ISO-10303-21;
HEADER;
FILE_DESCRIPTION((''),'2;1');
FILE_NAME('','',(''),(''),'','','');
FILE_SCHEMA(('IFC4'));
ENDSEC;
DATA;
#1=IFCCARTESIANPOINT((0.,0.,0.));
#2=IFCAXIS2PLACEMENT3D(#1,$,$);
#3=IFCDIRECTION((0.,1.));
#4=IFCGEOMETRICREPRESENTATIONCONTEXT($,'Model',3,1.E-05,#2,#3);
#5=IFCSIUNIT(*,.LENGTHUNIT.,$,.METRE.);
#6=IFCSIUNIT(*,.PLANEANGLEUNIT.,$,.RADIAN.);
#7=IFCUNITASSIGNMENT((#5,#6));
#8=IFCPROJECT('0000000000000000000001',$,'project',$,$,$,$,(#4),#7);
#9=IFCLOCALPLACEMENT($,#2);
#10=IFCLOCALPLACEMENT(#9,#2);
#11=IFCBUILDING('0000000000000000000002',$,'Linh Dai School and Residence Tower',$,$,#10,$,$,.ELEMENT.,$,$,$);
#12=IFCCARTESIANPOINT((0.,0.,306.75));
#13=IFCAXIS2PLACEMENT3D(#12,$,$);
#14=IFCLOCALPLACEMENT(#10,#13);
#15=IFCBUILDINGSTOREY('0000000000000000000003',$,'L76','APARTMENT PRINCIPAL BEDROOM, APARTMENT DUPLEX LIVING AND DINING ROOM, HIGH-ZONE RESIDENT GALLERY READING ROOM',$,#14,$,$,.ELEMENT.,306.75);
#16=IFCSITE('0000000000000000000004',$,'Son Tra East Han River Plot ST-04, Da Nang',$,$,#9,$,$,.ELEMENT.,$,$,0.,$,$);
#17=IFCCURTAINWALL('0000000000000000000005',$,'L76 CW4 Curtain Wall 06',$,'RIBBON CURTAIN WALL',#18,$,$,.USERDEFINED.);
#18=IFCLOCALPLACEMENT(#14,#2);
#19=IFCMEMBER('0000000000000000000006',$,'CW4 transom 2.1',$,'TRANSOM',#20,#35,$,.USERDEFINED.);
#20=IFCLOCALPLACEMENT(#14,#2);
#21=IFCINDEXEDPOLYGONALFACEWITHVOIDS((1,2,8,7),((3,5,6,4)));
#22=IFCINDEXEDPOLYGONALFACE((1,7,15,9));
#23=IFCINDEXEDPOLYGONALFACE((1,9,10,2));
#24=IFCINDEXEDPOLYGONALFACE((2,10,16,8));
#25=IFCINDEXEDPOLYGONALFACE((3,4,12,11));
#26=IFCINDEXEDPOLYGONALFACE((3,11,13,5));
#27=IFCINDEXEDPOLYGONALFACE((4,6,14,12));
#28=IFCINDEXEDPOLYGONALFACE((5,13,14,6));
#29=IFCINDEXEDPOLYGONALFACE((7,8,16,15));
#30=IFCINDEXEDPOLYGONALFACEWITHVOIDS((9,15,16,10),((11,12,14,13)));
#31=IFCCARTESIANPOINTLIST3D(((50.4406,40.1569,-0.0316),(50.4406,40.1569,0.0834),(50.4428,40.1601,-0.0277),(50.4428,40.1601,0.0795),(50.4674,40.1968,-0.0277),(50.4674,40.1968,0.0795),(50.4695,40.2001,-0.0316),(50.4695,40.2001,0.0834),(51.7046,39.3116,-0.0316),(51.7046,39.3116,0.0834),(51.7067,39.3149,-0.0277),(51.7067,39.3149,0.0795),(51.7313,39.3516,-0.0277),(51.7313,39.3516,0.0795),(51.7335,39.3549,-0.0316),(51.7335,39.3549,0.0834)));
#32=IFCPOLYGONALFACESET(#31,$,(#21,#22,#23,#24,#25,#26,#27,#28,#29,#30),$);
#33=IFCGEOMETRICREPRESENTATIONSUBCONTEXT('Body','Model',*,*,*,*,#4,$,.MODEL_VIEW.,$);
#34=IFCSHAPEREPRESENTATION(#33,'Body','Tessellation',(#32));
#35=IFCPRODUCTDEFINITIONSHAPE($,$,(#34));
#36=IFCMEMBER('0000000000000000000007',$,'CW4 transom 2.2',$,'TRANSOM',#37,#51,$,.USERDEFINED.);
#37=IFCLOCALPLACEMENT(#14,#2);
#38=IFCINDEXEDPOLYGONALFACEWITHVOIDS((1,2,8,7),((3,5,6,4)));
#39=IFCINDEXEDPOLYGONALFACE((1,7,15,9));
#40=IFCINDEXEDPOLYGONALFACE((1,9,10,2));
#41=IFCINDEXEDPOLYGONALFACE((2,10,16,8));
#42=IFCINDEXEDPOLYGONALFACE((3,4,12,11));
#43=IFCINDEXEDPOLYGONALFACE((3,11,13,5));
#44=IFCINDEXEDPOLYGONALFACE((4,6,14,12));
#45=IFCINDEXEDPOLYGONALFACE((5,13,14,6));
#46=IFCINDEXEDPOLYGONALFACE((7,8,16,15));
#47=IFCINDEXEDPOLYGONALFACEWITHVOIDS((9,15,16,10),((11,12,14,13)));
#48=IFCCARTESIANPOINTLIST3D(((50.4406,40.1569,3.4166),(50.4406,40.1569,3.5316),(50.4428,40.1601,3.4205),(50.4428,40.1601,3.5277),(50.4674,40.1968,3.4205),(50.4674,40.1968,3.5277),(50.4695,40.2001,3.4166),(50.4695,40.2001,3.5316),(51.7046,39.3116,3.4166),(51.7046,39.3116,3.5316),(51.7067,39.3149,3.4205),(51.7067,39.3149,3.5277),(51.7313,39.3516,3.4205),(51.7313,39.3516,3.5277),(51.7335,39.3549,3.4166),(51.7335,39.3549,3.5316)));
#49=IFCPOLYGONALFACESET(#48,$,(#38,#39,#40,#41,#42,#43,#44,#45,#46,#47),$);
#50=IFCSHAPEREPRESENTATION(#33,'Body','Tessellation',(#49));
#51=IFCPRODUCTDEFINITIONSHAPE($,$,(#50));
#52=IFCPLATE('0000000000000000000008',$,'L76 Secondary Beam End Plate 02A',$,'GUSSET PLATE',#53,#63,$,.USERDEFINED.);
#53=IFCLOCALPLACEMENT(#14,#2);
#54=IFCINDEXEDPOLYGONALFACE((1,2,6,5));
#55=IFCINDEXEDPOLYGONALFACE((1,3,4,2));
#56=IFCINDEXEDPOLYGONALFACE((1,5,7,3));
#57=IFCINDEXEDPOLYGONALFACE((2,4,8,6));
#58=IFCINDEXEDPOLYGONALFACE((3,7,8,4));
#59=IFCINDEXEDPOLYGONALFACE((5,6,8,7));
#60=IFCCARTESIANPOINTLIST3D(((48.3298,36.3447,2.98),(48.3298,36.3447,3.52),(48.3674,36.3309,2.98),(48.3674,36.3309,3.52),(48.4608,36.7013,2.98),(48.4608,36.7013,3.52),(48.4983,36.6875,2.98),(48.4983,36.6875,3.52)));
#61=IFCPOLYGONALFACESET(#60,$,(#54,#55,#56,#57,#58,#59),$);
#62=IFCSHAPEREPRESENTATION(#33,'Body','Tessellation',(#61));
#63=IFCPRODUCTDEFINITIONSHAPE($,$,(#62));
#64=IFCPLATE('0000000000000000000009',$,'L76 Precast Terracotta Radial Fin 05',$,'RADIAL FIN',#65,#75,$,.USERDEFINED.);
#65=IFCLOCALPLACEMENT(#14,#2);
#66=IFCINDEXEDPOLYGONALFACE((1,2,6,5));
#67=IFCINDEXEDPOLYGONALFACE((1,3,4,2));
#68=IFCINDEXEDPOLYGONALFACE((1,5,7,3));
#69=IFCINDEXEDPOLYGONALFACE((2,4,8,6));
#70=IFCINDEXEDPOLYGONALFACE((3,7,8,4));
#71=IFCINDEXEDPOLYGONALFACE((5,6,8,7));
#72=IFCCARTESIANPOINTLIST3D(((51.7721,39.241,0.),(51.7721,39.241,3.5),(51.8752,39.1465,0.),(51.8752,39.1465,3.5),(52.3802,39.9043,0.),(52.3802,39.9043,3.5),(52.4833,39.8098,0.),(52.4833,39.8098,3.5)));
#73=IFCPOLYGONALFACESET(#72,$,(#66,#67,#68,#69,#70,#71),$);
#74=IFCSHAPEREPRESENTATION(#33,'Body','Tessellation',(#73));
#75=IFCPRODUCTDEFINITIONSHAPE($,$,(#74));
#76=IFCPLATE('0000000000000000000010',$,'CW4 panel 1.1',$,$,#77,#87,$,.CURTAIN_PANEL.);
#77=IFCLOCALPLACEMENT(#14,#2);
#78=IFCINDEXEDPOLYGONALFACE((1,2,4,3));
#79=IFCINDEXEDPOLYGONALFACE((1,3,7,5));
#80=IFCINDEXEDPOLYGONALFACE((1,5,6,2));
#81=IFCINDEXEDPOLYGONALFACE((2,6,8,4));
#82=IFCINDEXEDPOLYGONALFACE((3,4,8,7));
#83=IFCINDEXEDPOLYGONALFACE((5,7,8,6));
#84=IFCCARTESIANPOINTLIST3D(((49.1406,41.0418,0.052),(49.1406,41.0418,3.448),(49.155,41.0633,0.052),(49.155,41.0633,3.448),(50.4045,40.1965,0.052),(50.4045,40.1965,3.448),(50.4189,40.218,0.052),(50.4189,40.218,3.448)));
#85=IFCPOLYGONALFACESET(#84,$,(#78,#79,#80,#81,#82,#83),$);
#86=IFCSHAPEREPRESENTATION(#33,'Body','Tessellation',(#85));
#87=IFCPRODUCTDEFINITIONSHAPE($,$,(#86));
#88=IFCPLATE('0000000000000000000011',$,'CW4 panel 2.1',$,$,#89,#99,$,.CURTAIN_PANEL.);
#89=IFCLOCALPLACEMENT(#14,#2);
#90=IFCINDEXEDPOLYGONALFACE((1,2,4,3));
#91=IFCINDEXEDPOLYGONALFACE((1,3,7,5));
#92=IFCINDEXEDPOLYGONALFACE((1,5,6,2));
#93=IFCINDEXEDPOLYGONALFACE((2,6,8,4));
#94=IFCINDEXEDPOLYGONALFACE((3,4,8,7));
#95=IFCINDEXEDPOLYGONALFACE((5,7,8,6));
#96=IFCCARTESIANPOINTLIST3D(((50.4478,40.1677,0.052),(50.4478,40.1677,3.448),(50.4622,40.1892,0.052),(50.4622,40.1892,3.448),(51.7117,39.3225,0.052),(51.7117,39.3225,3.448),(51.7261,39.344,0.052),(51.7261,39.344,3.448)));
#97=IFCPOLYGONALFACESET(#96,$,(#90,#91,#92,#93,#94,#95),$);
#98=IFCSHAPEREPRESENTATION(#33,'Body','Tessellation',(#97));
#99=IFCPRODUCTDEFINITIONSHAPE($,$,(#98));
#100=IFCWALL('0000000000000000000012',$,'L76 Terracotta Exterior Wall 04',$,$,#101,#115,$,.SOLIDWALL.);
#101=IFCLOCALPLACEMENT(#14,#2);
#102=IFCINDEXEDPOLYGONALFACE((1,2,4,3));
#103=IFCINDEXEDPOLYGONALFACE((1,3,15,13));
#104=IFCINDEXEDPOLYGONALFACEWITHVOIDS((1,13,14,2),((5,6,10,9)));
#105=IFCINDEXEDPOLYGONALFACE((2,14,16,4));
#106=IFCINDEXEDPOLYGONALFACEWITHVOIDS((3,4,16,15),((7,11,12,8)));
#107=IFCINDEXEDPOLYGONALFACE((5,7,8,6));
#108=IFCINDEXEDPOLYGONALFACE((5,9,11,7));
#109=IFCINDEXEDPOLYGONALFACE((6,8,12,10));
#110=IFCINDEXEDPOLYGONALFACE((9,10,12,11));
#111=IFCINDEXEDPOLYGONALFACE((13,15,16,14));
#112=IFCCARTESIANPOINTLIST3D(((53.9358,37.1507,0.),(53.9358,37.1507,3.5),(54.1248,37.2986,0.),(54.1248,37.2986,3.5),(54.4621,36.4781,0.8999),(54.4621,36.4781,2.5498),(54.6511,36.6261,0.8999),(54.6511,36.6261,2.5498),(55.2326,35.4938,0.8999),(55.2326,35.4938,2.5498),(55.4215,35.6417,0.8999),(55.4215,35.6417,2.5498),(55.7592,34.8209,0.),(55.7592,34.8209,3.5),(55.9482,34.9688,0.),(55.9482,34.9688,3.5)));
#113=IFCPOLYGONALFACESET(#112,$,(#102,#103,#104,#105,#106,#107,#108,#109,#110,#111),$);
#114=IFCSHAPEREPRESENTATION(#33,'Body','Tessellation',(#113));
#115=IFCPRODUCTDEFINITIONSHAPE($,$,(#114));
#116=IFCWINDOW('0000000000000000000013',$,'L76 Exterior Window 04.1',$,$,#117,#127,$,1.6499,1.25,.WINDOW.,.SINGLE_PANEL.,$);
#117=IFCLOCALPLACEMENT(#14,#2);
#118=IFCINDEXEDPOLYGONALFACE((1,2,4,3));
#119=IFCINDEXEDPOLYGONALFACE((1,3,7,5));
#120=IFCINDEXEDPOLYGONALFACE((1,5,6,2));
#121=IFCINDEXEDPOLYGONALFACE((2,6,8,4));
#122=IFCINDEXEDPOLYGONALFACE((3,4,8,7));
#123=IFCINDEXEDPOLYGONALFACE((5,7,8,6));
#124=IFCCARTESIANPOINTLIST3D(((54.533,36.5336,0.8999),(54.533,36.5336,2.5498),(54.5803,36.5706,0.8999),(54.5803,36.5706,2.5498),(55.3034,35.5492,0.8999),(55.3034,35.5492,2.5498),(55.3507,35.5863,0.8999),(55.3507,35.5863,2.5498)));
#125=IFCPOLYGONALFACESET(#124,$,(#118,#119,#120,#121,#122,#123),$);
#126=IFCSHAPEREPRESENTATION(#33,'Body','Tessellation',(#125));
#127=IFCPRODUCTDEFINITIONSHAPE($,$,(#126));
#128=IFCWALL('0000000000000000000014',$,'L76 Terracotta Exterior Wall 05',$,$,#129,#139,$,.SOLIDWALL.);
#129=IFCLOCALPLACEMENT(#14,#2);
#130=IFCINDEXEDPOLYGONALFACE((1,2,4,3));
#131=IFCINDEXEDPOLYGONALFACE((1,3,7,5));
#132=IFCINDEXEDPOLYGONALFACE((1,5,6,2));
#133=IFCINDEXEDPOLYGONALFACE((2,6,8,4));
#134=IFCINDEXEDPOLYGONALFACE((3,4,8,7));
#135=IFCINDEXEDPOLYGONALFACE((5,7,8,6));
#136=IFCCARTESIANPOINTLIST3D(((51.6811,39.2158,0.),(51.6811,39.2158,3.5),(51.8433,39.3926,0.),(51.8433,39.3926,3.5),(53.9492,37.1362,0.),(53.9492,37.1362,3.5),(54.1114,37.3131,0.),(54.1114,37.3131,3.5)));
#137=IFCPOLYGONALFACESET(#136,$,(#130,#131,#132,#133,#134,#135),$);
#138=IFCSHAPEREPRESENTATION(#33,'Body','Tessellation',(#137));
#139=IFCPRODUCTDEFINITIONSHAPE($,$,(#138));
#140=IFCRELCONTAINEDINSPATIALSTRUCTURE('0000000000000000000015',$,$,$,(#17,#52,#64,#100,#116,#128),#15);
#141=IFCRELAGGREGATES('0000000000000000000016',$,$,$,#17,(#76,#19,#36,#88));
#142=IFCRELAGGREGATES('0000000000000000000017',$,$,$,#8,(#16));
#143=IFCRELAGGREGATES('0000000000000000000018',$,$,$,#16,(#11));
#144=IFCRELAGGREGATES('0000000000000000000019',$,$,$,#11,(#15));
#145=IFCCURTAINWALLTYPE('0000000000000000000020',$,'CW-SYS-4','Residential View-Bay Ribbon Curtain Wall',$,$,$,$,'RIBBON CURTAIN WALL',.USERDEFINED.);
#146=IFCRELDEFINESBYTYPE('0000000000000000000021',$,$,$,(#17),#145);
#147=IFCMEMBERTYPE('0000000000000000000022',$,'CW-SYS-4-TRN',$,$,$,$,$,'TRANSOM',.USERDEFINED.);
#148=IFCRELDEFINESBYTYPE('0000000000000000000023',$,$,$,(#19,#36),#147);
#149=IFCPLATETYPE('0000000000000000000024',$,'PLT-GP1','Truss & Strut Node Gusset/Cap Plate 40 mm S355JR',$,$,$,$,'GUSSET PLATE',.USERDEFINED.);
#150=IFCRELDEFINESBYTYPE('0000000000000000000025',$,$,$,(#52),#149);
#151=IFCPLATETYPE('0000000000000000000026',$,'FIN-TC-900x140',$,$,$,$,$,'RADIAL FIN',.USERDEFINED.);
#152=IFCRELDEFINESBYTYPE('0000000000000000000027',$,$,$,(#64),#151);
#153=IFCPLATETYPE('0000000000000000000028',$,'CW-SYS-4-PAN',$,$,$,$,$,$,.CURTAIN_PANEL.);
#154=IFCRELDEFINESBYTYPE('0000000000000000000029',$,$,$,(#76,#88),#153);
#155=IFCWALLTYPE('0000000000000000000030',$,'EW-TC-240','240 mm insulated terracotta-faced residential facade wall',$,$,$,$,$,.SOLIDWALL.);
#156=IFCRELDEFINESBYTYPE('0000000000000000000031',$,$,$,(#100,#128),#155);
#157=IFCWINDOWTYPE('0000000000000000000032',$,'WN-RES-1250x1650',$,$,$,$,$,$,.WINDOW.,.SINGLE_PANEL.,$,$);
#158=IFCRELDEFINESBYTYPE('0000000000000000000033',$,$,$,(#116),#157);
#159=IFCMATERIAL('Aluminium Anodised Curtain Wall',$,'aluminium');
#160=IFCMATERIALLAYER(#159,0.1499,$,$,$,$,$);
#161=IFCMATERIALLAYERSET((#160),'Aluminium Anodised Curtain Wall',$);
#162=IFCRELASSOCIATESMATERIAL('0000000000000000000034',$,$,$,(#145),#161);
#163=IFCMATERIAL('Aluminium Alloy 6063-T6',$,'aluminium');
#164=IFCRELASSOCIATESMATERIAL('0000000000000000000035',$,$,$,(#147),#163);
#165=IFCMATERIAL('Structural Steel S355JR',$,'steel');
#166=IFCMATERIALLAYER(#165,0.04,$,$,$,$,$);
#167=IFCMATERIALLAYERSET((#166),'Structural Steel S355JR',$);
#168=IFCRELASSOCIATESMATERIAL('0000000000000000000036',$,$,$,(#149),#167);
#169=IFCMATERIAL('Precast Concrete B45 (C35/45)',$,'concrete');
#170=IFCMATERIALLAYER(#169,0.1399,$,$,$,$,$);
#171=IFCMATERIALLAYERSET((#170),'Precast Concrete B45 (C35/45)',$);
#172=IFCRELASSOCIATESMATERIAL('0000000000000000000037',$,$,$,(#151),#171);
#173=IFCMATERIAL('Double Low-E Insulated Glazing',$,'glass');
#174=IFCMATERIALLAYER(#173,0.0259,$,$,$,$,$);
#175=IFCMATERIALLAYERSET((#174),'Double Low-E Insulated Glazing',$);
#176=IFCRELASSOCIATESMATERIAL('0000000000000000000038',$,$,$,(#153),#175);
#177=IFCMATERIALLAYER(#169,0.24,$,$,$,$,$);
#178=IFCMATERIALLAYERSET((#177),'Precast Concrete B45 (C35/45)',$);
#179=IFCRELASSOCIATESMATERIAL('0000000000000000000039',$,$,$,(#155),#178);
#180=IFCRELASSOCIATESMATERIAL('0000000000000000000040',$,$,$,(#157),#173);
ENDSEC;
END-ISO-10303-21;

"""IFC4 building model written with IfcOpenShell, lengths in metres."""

from ifc_helpers import new_model, si_unit, direction, frame, frame_2d, origin, origin_2d, place, context, subcontext, project, spatial, rectangle, hollow_rectangle, extrude, source, transform, mapped, material, layer, layer_set, material_profile, profile_set, type_object, element, fill, aggregate, save


model = new_model("IFC4")

# Units and contexts
model_context = context("Model", 3, precision=1e-05, world=origin(), true_north=direction((0.0, 1.0)))
body_context = subcontext(model_context, "Body", "Model", "MODEL_VIEW")
ifc_project = project(units=[si_unit("LENGTHUNIT", "METRE"), si_unit("PLANEANGLEUNIT", "RADIAN")], contexts=[model_context])

# Site, building, storey
site_placement = place(None, origin())
site = spatial("IfcSite", under=ifc_project, at=site_placement, Name="Son Tra East Han River Plot ST-04, Da Nang", CompositionType="ELEMENT", RefElevation=0.0)
building_placement = place(site_placement, origin())
building = spatial("IfcBuilding", under=site, at=building_placement, Name="Linh Dai School and Residence Tower", CompositionType="ELEMENT")
storey_placement = place(building_placement, frame((0.0, 0.0, 306.75)))
storey = spatial("IfcBuildingStorey", under=building, at=storey_placement, Name="L76", Description="APARTMENT PRINCIPAL BEDROOM, APARTMENT DUPLEX LIVING AND DINING ROOM, HIGH-ZONE RESIDENT GALLERY READING ROOM", CompositionType="ELEMENT", Elevation=306.75)

# Shared definitions
ifc_material_1 = material(Name="Structural Steel S355JR", Category="steel")

# Curtain wall, members
ifc_material_2 = material(Name="Aluminium Anodised Curtain Wall", Category="aluminium")
ifc_layer_1 = layer(ifc_material_2, 0.1499)
ifc_layer_set_1 = layer_set([ifc_layer_1], Name="Aluminium Anodised Curtain Wall")
curtain_wall_type = type_object("IfcCurtainWallType", Name="CW-SYS-4", Description="Residential View-Bay Ribbon Curtain Wall", ElementType="RIBBON CURTAIN WALL", PredefinedType="USERDEFINED", material=ifc_layer_set_1)
curtain_wall_placement = place(storey_placement, origin())
curtain_wall = element("IfcCurtainWall", 1, at=curtain_wall_placement, inside=storey, type_object=curtain_wall_type, Name="L76 CW4 Curtain Wall 06", ObjectType="RIBBON CURTAIN WALL", PredefinedType="USERDEFINED")
ifc_material_3 = material(Name="Aluminium Alloy 6063-T6", Category="aluminium")
ifc_material_profile_1 = material_profile(ifc_material_3, hollow_rectangle(XDim=0.052, YDim=0.115, WallThickness=0.0039, at=origin_2d()), Name="RHS 115x52x4")
ifc_profile_set_1 = profile_set([ifc_material_profile_1], Name="Aluminium Alloy 6063-T6")
member_type_1 = type_object("IfcMemberType", Name="CW-SYS-4-TRN", ElementType="TRANSOM", PredefinedType="USERDEFINED", material=ifc_profile_set_1)
shared_shape_1 = source(origin(), body_context, "Body", "SweptSolid", [
    extrude(hollow_rectangle(XDim=0.052, YDim=0.115, WallThickness=0.0039, at=origin_2d()), origin(), (0.0, 0.0, 1.0), 1.5205),
])
member_1_placement = place(storey_placement, frame((50.4551, 40.1785, 0.0259), z_axis=(0.831259, -0.555885, 0.0), x_axis=(0.555885, 0.831259, 0.0)))
member_1 = element("IfcMember", 2, at=member_1_placement, type_object=member_type_1, Name="CW4 transom 2.1", ObjectType="TRANSOM", PredefinedType="USERDEFINED", context=body_context, shape_type="MappedRepresentation", body=[
    mapped(shared_shape_1, transform((0.0, 0.0, 0.0), x_axis=(1.0, 0.0, 0.0), y_axis=(0.0, 1.0, 0.0), z_axis=(0.0, 0.0, 1.0), scale=1.0)),
])
member_2_placement = place(storey_placement, frame((50.4551, 40.1785, 3.4741), z_axis=(0.831259, -0.555885, 0.0), x_axis=(0.555885, 0.831259, 0.0)))
member_2 = element("IfcMember", 3, at=member_2_placement, type_object=member_type_1, Name="CW4 transom 2.2", ObjectType="TRANSOM", PredefinedType="USERDEFINED", context=body_context, shape_type="MappedRepresentation", body=[
    mapped(shared_shape_1, transform((0.0, 0.0, 0.0), x_axis=(1.0, 0.0, 0.0), y_axis=(0.0, 1.0, 0.0), z_axis=(0.0, 0.0, 1.0), scale=1.0)),
])

# Plates
ifc_layer_2 = layer(ifc_material_1, 0.04)
ifc_layer_set_2 = layer_set([ifc_layer_2], Name="Structural Steel S355JR")
plate_type_1 = type_object("IfcPlateType", Name="PLT-GP1", Description="Truss & Strut Node Gusset/Cap Plate 40 mm S355JR", ElementType="GUSSET PLATE", PredefinedType="USERDEFINED", material=ifc_layer_set_2)
shared_shape_2 = source(origin(), body_context, "Body", "SweptSolid", [
    extrude(rectangle(XDim=0.04, YDim=0.3799, at=origin_2d()), origin(), (0.0, 0.0, 1.0), 0.54),
])
plate_1_placement = place(storey_placement, frame((48.4141, 36.5161, 2.98), z_axis=(0.0, 0.0, 1.0), x_axis=(-0.938695, 0.344748, 0.0)))
element("IfcPlate", 4, at=plate_1_placement, inside=storey, type_object=plate_type_1, Name="L76 Secondary Beam End Plate 02A", ObjectType="GUSSET PLATE", PredefinedType="USERDEFINED", context=body_context, shape_type="MappedRepresentation", body=[
    mapped(shared_shape_2, transform((0.0, 0.0, 0.0), x_axis=(1.0, 0.0, 0.0), y_axis=(0.0, 1.0, 0.0), z_axis=(0.0, 0.0, 1.0), scale=1.0)),
])
ifc_material_4 = material(Name="Precast Concrete B45 (C35/45)", Category="concrete")
ifc_layer_3 = layer(ifc_material_4, 0.1399)
ifc_layer_set_3 = layer_set([ifc_layer_3], Name="Precast Concrete B45 (C35/45)")
plate_type_2 = type_object("IfcPlateType", Name="FIN-TC-900x140", ElementType="RADIAL FIN", PredefinedType="USERDEFINED", material=ifc_layer_set_3)
shared_shape_3 = source(origin(), body_context, "Body", "SweptSolid", [
    extrude(rectangle(XDim=0.8999, YDim=0.1399, at=origin_2d()), origin(), (0.0, 0.0, 1.0), 3.5),
])
plate_2_placement = place(storey_placement, frame((52.1277, 39.5254, 0.0), z_axis=(0.0, 0.0, 1.0), x_axis=(0.675777, 0.737106, 0.0)))
element("IfcPlate", 5, at=plate_2_placement, inside=storey, type_object=plate_type_2, Name="L76 Precast Terracotta Radial Fin 05", ObjectType="RADIAL FIN", PredefinedType="USERDEFINED", context=body_context, shape_type="MappedRepresentation", body=[
    mapped(shared_shape_3, transform((0.0, 0.0, 0.0), x_axis=(1.0, 0.0, 0.0), y_axis=(0.0, 1.0, 0.0), z_axis=(0.0, 0.0, 1.0), scale=1.0)),
])

# Plates
ifc_material_5 = material(Name="Double Low-E Insulated Glazing", Category="glass")
ifc_layer_4 = layer(ifc_material_5, 0.0259)
ifc_layer_set_4 = layer_set([ifc_layer_4], Name="Double Low-E Insulated Glazing")
plate_type_3 = type_object("IfcPlateType", Name="CW-SYS-4-PAN", PredefinedType="CURTAIN_PANEL", material=ifc_layer_set_4)
shared_shape_4 = source(origin(), body_context, "Body", "SweptSolid", [
    extrude(rectangle(XDim=1.5205, YDim=0.0259, at=origin_2d()), origin(), (0.0, 0.0, 1.0), 3.396),
])
plate_3_placement = place(storey_placement, frame((49.7798, 40.6299, 0.052), z_axis=(0.0, 0.0, 1.0), x_axis=(0.831244, -0.555908, 0.0)))
plate_3 = element("IfcPlate", 6, at=plate_3_placement, type_object=plate_type_3, Name="CW4 panel 1.1", PredefinedType="CURTAIN_PANEL", context=body_context, shape_type="MappedRepresentation", body=[
    mapped(shared_shape_4, transform((0.0, 0.0, 0.0), x_axis=(1.0, 0.0, 0.0), y_axis=(0.0, 1.0, 0.0), z_axis=(0.0, 0.0, 1.0), scale=1.0)),
])
plate_4_placement = place(storey_placement, frame((51.0869, 39.7559, 0.052), z_axis=(0.0, 0.0, 1.0), x_axis=(0.831244, -0.555908, 0.0)))
plate_4 = element("IfcPlate", 7, at=plate_4_placement, type_object=plate_type_3, Name="CW4 panel 2.1", PredefinedType="CURTAIN_PANEL", context=body_context, shape_type="MappedRepresentation", body=[
    mapped(shared_shape_4, transform((0.0, 0.0, 0.0), x_axis=(1.0, 0.0, 0.0), y_axis=(0.0, 1.0, 0.0), z_axis=(0.0, 0.0, 1.0), scale=1.0)),
])
aggregate(curtain_wall, [plate_3, member_1, member_2, plate_4])

# Wall, opening, window
ifc_layer_5 = layer(ifc_material_4, 0.24)
ifc_layer_set_5 = layer_set([ifc_layer_5], Name="Precast Concrete B45 (C35/45)")
wall_type = type_object("IfcWallType", Name="EW-TC-240", Description="240 mm insulated terracotta-faced residential facade wall", PredefinedType="SOLIDWALL", material=ifc_layer_set_5)
wall_1_placement = place(storey_placement, frame((54.0303, 37.2246, 0.0), z_axis=(0.0, 0.0, 1.0), x_axis=(0.616337, -0.787482, 0.0)))
wall_1 = element("IfcWall", 8, at=wall_1_placement, inside=storey, type_object=wall_type, Name="L76 Terracotta Exterior Wall 04", PredefinedType="SOLIDWALL", context=body_context, shape_type="SweptSolid", body=[
    extrude(rectangle(XDim=2.9585, YDim=0.24, at=frame_2d((1.4792, 0.0))), origin(), (0.0, 0.0, 1.0), 3.5),
])
opening_1_placement = place(wall_1_placement, frame((0.854, 0.0, 0.8999)))
opening_1 = element("IfcOpeningElement", 9, at=opening_1_placement, cuts=wall_1, PredefinedType="OPENING", context=body_context, shape_type="SweptSolid", body=[
    extrude(rectangle(XDim=1.25, YDim=1.6499, at=origin_2d()), frame((0.625, 0.1299, 0.825), z_axis=(0.0, -1.0, 0.0), x_axis=(1.0, 0.0, 0.0)), (0.0, 0.0, 1.0), 0.26),
])
window_type_1 = type_object("IfcWindowType", Name="WN-RES-1250x1650", PartitioningType="SINGLE_PANEL", PredefinedType="WINDOW", material=ifc_material_5)
shared_shape_5 = source(origin(), body_context, "Body", "SweptSolid", [
    extrude(rectangle(XDim=1.25, YDim=1.6499, at=origin_2d()), frame((0.625, 0.03, 0.825), z_axis=(0.0, -1.0, 0.0), x_axis=(1.0, 0.0, 0.0)), (0.0, 0.0, 1.0), 0.0601),
])
window_1_placement = place(opening_1_placement, origin())
window_1 = element("IfcWindow", 10, at=window_1_placement, inside=storey, type_object=window_type_1, Name="L76 Exterior Window 04.1", OverallHeight=1.6499, OverallWidth=1.25, PartitioningType="SINGLE_PANEL", PredefinedType="WINDOW", context=body_context, shape_type="MappedRepresentation", body=[
    mapped(shared_shape_5, transform((0.0, 0.0, 0.0), x_axis=(1.0, 0.0, 0.0), y_axis=(0.0, 1.0, 0.0), z_axis=(0.0, 0.0, 1.0), scale=1.0)),
])
fill(opening_1, window_1)

# Wall
wall_2_placement = place(storey_placement, frame((51.7622, 39.3042, 0.0), z_axis=(0.0, 0.0, 1.0), x_axis=(0.737069, -0.675818, 0.0)))
element("IfcWall", 11, at=wall_2_placement, inside=storey, type_object=wall_type, Name="L76 Terracotta Exterior Wall 05", PredefinedType="SOLIDWALL", context=body_context, shape_type="SweptSolid", body=[
    extrude(rectangle(XDim=3.0771, YDim=0.24, at=frame_2d((1.5386, 0.0))), origin(), (0.0, 0.0, 1.0), 3.5),
])

save(model, "model.ifc")
